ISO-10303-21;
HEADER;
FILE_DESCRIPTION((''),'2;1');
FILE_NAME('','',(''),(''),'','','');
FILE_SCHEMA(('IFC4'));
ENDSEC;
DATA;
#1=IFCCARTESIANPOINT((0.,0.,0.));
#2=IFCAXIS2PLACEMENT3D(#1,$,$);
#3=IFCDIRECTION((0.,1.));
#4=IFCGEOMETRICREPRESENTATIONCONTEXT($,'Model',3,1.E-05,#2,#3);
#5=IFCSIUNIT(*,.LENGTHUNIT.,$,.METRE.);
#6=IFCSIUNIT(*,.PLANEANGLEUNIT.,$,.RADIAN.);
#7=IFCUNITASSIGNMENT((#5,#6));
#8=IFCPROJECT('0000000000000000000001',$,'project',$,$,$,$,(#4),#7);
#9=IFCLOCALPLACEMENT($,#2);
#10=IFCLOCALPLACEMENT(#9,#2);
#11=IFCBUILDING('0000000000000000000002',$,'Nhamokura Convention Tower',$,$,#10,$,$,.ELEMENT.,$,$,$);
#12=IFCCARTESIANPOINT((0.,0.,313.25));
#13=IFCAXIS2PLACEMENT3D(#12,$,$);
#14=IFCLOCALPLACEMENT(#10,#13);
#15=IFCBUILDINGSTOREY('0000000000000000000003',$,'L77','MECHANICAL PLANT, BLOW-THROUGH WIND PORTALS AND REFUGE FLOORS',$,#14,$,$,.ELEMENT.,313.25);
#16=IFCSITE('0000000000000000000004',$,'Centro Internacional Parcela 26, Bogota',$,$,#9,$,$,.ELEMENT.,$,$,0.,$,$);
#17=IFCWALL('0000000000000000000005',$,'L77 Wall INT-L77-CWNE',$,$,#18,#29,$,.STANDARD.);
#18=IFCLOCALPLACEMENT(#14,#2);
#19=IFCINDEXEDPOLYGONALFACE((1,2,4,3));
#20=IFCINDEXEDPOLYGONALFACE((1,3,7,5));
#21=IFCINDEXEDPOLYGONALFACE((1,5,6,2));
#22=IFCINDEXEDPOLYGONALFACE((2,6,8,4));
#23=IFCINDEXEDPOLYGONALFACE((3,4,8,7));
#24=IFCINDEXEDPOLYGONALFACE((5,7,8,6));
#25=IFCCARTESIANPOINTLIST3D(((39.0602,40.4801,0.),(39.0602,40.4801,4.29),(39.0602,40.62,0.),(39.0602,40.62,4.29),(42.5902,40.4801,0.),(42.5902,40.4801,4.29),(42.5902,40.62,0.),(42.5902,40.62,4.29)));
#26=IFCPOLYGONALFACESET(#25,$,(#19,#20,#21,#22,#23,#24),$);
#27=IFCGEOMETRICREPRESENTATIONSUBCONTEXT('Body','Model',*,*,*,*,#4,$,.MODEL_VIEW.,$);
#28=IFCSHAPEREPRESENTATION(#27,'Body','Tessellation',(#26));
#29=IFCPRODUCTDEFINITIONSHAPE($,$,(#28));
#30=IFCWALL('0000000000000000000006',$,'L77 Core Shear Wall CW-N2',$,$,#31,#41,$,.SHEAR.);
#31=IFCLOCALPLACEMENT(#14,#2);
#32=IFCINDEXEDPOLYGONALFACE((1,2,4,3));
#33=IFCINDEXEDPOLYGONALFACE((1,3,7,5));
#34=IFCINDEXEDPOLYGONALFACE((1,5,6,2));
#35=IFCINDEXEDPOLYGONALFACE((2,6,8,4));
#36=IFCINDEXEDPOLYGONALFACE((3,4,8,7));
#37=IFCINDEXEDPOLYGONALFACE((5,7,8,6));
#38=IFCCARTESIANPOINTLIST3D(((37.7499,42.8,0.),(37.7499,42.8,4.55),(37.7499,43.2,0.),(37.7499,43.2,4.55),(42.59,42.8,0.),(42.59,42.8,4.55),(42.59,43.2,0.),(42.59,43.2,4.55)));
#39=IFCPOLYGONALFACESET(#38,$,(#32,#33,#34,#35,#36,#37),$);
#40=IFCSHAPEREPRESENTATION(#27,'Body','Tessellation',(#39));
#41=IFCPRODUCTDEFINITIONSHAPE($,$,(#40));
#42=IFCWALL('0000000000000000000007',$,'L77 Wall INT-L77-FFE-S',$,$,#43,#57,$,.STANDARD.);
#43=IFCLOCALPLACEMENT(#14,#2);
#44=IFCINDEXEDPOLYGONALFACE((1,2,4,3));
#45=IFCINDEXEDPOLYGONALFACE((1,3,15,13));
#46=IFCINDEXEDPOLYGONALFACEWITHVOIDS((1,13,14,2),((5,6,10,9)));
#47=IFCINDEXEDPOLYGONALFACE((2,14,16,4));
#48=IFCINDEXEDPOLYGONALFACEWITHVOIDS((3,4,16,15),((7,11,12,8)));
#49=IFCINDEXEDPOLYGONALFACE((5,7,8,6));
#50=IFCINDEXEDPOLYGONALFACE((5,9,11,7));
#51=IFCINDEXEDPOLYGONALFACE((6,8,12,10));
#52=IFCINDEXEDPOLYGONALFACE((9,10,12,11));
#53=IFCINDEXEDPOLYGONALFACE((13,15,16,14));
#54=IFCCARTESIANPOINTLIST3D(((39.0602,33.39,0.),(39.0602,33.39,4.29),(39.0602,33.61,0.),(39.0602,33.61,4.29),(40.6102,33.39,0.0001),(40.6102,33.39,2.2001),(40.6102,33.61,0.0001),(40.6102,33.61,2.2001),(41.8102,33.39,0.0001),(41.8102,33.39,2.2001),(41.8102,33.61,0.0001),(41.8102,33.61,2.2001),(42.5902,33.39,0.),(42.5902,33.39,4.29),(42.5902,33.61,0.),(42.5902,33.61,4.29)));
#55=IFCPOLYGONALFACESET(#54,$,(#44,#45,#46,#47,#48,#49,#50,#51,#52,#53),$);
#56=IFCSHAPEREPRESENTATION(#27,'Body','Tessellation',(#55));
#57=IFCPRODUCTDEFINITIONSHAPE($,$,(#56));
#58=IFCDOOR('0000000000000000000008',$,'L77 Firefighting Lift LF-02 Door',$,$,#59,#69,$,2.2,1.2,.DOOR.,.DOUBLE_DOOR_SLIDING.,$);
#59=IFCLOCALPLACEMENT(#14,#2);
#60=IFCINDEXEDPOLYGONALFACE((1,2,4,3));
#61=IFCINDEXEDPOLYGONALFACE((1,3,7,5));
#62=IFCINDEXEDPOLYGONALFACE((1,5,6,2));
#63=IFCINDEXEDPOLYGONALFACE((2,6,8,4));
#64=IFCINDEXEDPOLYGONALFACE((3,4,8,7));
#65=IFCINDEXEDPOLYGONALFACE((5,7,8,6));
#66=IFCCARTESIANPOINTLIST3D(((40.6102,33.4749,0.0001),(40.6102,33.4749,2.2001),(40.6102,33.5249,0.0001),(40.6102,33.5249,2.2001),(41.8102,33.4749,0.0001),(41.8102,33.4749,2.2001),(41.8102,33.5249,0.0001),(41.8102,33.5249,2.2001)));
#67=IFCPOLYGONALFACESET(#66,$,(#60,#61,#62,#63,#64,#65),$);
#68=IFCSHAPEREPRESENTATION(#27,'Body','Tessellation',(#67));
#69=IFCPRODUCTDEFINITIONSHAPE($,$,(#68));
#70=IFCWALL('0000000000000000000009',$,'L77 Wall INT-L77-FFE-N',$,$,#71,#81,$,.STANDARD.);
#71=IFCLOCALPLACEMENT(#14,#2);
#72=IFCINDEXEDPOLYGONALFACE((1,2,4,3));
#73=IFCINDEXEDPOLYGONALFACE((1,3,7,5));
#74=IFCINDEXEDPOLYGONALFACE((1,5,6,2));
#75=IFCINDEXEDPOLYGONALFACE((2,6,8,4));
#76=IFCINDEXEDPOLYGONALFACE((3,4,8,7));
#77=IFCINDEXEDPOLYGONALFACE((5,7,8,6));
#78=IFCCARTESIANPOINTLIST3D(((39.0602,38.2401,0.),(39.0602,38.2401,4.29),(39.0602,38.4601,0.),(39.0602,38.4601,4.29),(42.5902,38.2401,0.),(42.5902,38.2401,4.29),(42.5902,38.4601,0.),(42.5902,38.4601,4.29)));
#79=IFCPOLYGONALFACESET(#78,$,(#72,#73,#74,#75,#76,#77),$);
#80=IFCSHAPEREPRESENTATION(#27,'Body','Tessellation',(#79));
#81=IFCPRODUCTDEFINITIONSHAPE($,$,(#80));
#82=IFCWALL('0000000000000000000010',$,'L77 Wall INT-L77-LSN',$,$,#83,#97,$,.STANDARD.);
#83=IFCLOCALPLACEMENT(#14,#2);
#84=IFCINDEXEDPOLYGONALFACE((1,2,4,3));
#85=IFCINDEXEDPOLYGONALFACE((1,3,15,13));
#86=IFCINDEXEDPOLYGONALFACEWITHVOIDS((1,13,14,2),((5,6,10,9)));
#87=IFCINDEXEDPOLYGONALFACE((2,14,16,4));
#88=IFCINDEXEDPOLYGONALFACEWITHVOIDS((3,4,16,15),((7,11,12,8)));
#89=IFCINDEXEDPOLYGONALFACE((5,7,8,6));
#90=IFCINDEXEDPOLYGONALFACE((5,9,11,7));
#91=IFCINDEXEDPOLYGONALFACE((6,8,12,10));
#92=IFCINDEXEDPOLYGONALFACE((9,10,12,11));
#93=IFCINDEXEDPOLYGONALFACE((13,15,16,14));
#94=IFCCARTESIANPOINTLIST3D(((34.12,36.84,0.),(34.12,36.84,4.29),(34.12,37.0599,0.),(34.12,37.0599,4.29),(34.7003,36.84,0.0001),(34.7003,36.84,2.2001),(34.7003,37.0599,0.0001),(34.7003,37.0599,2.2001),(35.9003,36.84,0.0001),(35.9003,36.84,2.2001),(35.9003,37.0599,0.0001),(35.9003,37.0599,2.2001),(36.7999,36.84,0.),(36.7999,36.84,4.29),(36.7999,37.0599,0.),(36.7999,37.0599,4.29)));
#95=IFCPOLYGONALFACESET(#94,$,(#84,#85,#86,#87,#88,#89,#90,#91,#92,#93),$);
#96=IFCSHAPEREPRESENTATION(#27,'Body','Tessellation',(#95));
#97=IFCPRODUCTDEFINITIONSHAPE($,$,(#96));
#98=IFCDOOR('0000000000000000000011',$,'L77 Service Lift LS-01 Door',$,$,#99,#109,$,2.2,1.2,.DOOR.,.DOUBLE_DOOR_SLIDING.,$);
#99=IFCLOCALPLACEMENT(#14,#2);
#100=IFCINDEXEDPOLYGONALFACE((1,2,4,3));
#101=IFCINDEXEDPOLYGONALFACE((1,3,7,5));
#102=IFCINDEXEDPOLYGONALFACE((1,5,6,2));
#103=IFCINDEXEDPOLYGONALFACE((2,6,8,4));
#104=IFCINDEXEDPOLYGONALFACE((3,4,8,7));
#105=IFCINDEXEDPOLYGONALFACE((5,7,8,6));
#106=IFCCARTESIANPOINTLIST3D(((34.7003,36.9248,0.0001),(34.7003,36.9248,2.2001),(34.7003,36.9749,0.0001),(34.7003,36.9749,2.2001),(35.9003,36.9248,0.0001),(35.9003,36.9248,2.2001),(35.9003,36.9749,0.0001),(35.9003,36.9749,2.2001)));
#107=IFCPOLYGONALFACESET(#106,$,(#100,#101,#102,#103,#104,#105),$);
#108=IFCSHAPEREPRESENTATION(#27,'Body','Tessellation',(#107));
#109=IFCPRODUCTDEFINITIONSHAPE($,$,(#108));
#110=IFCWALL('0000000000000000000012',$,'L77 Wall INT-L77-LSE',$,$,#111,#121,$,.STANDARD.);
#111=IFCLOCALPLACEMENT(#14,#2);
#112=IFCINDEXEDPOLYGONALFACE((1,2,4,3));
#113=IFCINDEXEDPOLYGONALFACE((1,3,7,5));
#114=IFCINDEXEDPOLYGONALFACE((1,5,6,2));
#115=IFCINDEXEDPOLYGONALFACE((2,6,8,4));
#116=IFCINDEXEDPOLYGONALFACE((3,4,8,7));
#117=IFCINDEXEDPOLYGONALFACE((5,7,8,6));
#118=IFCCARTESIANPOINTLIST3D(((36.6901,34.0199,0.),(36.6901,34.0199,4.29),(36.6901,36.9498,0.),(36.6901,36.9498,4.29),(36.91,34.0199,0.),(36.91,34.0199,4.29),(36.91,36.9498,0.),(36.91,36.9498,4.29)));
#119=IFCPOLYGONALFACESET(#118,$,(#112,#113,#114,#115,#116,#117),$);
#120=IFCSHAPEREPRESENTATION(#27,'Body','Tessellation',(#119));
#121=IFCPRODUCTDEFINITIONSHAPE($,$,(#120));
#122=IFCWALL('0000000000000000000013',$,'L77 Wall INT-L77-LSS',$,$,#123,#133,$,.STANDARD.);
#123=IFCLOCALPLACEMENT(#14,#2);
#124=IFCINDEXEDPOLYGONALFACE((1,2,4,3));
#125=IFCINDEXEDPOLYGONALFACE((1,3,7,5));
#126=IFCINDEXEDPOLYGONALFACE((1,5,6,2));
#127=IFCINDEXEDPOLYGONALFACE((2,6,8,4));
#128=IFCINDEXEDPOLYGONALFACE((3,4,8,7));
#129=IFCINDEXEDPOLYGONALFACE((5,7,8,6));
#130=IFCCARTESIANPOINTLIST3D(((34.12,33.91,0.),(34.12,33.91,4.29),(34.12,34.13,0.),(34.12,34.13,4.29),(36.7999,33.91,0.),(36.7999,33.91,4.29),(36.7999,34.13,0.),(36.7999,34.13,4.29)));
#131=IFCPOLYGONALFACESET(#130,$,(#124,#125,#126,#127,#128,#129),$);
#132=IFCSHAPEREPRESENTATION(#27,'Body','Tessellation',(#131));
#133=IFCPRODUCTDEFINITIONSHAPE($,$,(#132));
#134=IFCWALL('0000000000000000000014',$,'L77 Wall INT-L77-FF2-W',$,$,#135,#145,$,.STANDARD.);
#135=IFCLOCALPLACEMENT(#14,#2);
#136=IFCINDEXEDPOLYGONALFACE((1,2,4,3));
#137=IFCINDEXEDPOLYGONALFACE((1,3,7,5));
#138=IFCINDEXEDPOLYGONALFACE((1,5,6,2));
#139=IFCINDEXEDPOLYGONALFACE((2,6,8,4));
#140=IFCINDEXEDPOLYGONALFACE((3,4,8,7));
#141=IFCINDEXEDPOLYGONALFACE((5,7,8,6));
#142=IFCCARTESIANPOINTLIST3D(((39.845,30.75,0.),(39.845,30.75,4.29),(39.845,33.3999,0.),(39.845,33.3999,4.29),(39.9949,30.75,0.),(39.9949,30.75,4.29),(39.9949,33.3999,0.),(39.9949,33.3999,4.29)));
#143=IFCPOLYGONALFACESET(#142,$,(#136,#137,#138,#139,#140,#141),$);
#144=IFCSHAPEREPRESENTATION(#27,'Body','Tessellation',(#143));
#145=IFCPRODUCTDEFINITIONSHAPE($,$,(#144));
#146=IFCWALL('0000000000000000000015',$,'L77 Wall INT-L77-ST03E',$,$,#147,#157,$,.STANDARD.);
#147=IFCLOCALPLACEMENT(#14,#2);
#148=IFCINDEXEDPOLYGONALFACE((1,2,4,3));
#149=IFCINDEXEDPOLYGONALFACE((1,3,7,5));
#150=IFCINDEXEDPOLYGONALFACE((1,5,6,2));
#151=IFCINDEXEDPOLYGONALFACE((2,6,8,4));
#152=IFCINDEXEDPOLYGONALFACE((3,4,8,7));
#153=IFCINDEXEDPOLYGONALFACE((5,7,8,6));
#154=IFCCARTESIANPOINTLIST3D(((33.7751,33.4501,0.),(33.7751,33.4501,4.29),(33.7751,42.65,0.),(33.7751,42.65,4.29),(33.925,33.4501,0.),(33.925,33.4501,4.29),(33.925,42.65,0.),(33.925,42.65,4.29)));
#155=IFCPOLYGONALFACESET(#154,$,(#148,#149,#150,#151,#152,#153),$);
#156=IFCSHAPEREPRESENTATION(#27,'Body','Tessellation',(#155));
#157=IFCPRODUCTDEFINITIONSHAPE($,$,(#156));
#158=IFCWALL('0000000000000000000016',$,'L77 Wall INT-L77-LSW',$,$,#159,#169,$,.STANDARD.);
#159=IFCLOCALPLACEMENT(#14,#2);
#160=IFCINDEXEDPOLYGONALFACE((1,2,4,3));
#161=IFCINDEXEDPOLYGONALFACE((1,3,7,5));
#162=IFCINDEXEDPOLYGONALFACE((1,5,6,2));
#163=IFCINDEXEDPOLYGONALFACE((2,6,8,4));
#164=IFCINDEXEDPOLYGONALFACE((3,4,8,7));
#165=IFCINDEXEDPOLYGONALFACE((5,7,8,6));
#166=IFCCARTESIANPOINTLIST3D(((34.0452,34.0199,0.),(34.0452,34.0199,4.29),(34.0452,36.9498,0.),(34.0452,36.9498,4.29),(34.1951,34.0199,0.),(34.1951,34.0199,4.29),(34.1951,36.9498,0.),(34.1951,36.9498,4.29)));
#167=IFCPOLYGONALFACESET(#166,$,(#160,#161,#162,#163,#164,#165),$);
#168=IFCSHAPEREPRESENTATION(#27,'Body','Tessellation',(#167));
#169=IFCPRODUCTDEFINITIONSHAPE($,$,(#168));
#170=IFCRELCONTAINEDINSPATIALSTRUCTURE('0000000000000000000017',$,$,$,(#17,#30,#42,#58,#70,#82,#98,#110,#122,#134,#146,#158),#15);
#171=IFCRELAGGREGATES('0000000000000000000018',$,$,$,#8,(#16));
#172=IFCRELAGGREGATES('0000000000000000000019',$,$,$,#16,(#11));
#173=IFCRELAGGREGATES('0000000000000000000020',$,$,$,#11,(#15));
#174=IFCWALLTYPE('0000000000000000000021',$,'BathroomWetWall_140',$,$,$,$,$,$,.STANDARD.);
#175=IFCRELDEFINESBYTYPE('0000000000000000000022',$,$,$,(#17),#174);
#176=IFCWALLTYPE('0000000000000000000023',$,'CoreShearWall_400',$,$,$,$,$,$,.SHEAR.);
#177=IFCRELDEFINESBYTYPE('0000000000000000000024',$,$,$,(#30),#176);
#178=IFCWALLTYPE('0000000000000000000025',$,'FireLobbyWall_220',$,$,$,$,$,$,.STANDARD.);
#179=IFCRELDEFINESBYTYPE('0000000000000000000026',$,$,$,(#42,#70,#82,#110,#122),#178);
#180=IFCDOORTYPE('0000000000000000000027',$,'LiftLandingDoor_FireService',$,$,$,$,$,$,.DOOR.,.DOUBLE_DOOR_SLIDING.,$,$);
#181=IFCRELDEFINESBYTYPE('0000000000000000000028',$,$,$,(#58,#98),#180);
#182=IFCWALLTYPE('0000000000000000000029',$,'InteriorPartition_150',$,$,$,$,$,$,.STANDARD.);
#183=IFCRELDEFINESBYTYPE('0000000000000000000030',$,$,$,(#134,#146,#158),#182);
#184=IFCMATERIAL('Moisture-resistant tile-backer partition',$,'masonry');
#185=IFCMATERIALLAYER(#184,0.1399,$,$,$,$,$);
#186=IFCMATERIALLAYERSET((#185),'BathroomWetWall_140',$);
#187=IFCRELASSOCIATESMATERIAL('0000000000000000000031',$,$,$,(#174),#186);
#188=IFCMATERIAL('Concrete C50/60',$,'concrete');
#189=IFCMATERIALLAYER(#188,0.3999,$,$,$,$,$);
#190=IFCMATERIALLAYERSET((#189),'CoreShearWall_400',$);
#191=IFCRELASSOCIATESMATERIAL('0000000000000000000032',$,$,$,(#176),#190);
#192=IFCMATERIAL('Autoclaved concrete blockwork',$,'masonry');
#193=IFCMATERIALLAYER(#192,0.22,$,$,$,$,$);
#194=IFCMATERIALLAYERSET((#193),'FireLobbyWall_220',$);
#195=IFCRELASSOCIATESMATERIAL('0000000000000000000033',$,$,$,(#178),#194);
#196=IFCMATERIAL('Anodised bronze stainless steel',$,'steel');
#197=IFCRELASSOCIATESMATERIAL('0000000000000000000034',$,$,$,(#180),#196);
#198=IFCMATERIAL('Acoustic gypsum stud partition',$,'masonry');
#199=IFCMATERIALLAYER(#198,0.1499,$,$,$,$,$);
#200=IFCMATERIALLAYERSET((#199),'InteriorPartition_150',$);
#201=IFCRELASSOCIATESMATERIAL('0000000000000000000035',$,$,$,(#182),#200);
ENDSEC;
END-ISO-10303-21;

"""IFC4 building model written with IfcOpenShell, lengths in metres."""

from ifc_helpers import new_model, si_unit, direction, frame, frame_2d, origin, place, context, subcontext, project, spatial, rectangle, extrude, material, layer, layer_set, type_object, element, fill, save


model = new_model("IFC4")

# Units and contexts
model_context = context("Model", 3, precision=1e-05, world=origin(), true_north=direction((0.0, 1.0)))
body_context = subcontext(model_context, "Body", "Model", "MODEL_VIEW")
ifc_project = project(units=[si_unit("LENGTHUNIT", "METRE"), si_unit("PLANEANGLEUNIT", "RADIAN")], contexts=[model_context])

# Site, building, storey
site_placement = place(None, origin())
site = spatial("IfcSite", under=ifc_project, at=site_placement, Name="Centro Internacional Parcela 26, Bogota", CompositionType="ELEMENT", RefElevation=0.0)
building_placement = place(site_placement, origin())
building = spatial("IfcBuilding", under=site, at=building_placement, Name="Nhamokura Convention Tower", CompositionType="ELEMENT")
storey_placement = place(building_placement, frame((0.0, 0.0, 313.25)))
storey = spatial("IfcBuildingStorey", under=building, at=storey_placement, Name="L77", Description="MECHANICAL PLANT, BLOW-THROUGH WIND PORTALS AND REFUGE FLOORS", CompositionType="ELEMENT", Elevation=313.25)

# Walls
ifc_material_1 = material(Name="Moisture-resistant tile-backer partition", Category="masonry")
ifc_layer_1 = layer(ifc_material_1, 0.1399)
ifc_layer_set_1 = layer_set([ifc_layer_1], Name="BathroomWetWall_140")
wall_type_1 = type_object("IfcWallType", Name="BathroomWetWall_140", PredefinedType="STANDARD", material=ifc_layer_set_1)
wall_1_placement = place(storey_placement, frame((39.0601, 40.55, 0.0), z_axis=(0.0, 0.0, 1.0), x_axis=(1.0, 0.0, 0.0)))
element("IfcWall", 1, at=wall_1_placement, inside=storey, type_object=wall_type_1, Name="L77 Wall INT-L77-CWNE", PredefinedType="STANDARD", context=body_context, shape_type="SweptSolid", body=[
    extrude(rectangle(XDim=3.53, YDim=0.1399, at=frame_2d((1.7651, 0.0))), origin(), (0.0, 0.0, 1.0), 4.29),
])
ifc_material_2 = material(Name="Concrete C50/60", Category="concrete")
ifc_layer_2 = layer(ifc_material_2, 0.3999)
ifc_layer_set_2 = layer_set([ifc_layer_2], Name="CoreShearWall_400")
wall_type_2 = type_object("IfcWallType", Name="CoreShearWall_400", PredefinedType="SHEAR", material=ifc_layer_set_2)
wall_2_placement = place(storey_placement, frame((37.75, 43.0, 0.0), z_axis=(0.0, 0.0, 1.0), x_axis=(1.0, 0.0, 0.0)))
element("IfcWall", 2, at=wall_2_placement, inside=storey, type_object=wall_type_2, Name="L77 Core Shear Wall CW-N2", PredefinedType="SHEAR", context=body_context, shape_type="SweptSolid", body=[
    extrude(rectangle(XDim=4.8401, YDim=0.3999, at=frame_2d((2.4199, 0.0))), origin(), (0.0, 0.0, 1.0), 4.55),
])

# Wall, opening, door
ifc_material_3 = material(Name="Autoclaved concrete blockwork", Category="masonry")
ifc_layer_3 = layer(ifc_material_3, 0.22)
ifc_layer_set_3 = layer_set([ifc_layer_3], Name="FireLobbyWall_220")
wall_type_3 = type_object("IfcWallType", Name="FireLobbyWall_220", PredefinedType="STANDARD", material=ifc_layer_set_3)
wall_3_placement = place(storey_placement, frame((39.0601, 33.5, 0.0), z_axis=(0.0, 0.0, 1.0), x_axis=(1.0, 0.0, 0.0)))
wall_3 = element("IfcWall", 3, at=wall_3_placement, inside=storey, type_object=wall_type_3, Name="L77 Wall INT-L77-FFE-S", PredefinedType="STANDARD", context=body_context, shape_type="SweptSolid", body=[
    extrude(rectangle(XDim=3.53, YDim=0.22, at=frame_2d((1.7651, 0.0))), origin(), (0.0, 0.0, 1.0), 4.29),
])
opening_1_placement = place(wall_3_placement, frame((1.55, 0.0, 0.0)))
opening_1 = element("IfcOpeningElement", 4, at=opening_1_placement, cuts=wall_3, PredefinedType="OPENING", context=body_context, shape_type="SweptSolid", body=[
    extrude(rectangle(XDim=1.2, YDim=2.2, at=frame_2d((0.6001, 1.1001))), frame((0.0, 0.1199, 0.0), z_axis=(0.0, -1.0, 0.0), x_axis=(1.0, 0.0, 0.0)), (0.0, 0.0, 1.0), 0.24),
])
ifc_material_4 = material(Name="Anodised bronze stainless steel", Category="steel")
door_type_1 = type_object("IfcDoorType", Name="LiftLandingDoor_FireService", OperationType="DOUBLE_DOOR_SLIDING", PredefinedType="DOOR", material=ifc_material_4)
door_1_placement = place(opening_1_placement, origin())
door_1 = element("IfcDoor", 5, at=door_1_placement, inside=storey, type_object=door_type_1, Name="L77 Firefighting Lift LF-02 Door", OperationType="DOUBLE_DOOR_SLIDING", OverallHeight=2.2, OverallWidth=1.2, PredefinedType="DOOR", context=body_context, shape_type="SweptSolid", body=[
    extrude(rectangle(XDim=1.2, YDim=2.2, at=frame_2d((0.6001, 1.1001))), frame((0.0, 0.0249, 0.0), z_axis=(0.0, -1.0, 0.0), x_axis=(1.0, 0.0, 0.0)), (0.0, 0.0, 1.0), 0.05),
])
fill(opening_1, door_1)

# Wall
wall_4_placement = place(storey_placement, frame((39.0601, 38.3501, 0.0), z_axis=(0.0, 0.0, 1.0), x_axis=(1.0, 0.0, 0.0)))
element("IfcWall", 6, at=wall_4_placement, inside=storey, type_object=wall_type_3, Name="L77 Wall INT-L77-FFE-N", PredefinedType="STANDARD", context=body_context, shape_type="SweptSolid", body=[
    extrude(rectangle(XDim=3.53, YDim=0.22, at=frame_2d((1.7651, 0.0))), origin(), (0.0, 0.0, 1.0), 4.29),
])

# Wall, opening, door
wall_5_placement = place(storey_placement, frame((34.1201, 36.95, 0.0), z_axis=(0.0, 0.0, 1.0), x_axis=(1.0, 0.0, 0.0)))
wall_5 = element("IfcWall", 7, at=wall_5_placement, inside=storey, type_object=wall_type_3, Name="L77 Wall INT-L77-LSN", PredefinedType="STANDARD", context=body_context, shape_type="SweptSolid", body=[
    extrude(rectangle(XDim=2.6799, YDim=0.22, at=frame_2d((1.3398, 0.0))), origin(), (0.0, 0.0, 1.0), 4.29),
])
opening_2_placement = place(wall_5_placement, frame((0.5801, 0.0, 0.0)))
opening_2 = element("IfcOpeningElement", 8, at=opening_2_placement, cuts=wall_5, PredefinedType="OPENING", context=body_context, shape_type="SweptSolid", body=[
    extrude(rectangle(XDim=1.2, YDim=2.2, at=frame_2d((0.6001, 1.1001))), frame((0.0, 0.1199, 0.0), z_axis=(0.0, -1.0, 0.0), x_axis=(1.0, 0.0, 0.0)), (0.0, 0.0, 1.0), 0.24),
])
door_2_placement = place(opening_2_placement, origin())
door_2 = element("IfcDoor", 9, at=door_2_placement, inside=storey, type_object=door_type_1, Name="L77 Service Lift LS-01 Door", OperationType="DOUBLE_DOOR_SLIDING", OverallHeight=2.2, OverallWidth=1.2, PredefinedType="DOOR", context=body_context, shape_type="SweptSolid", body=[
    extrude(rectangle(XDim=1.2, YDim=2.2, at=frame_2d((0.6001, 1.1001))), frame((0.0, 0.0249, 0.0), z_axis=(0.0, -1.0, 0.0), x_axis=(1.0, 0.0, 0.0)), (0.0, 0.0, 1.0), 0.05),
])
fill(opening_2, door_2)

# Walls
wall_6_placement = place(storey_placement, frame((36.8, 34.02, 0.0), z_axis=(0.0, 0.0, 1.0), x_axis=(0.0, 1.0, 0.0)))
element("IfcWall", 10, at=wall_6_placement, inside=storey, type_object=wall_type_3, Name="L77 Wall INT-L77-LSE", PredefinedType="STANDARD", context=body_context, shape_type="SweptSolid", body=[
    extrude(rectangle(XDim=2.9299, YDim=0.22, at=frame_2d((1.4648, 0.0))), origin(), (0.0, 0.0, 1.0), 4.29),
])
wall_7_placement = place(storey_placement, frame((34.1201, 34.02, 0.0), z_axis=(0.0, 0.0, 1.0), x_axis=(1.0, 0.0, 0.0)))
element("IfcWall", 11, at=wall_7_placement, inside=storey, type_object=wall_type_3, Name="L77 Wall INT-L77-LSS", PredefinedType="STANDARD", context=body_context, shape_type="SweptSolid", body=[
    extrude(rectangle(XDim=2.6799, YDim=0.22, at=frame_2d((1.3398, 0.0))), origin(), (0.0, 0.0, 1.0), 4.29),
])
ifc_material_5 = material(Name="Acoustic gypsum stud partition", Category="masonry")
ifc_layer_4 = layer(ifc_material_5, 0.1499)
ifc_layer_set_4 = layer_set([ifc_layer_4], Name="InteriorPartition_150")
wall_type_4 = type_object("IfcWallType", Name="InteriorPartition_150", PredefinedType="STANDARD", material=ifc_layer_set_4)
wall_8_placement = place(storey_placement, frame((39.9199, 30.75, 0.0), z_axis=(0.0, 0.0, 1.0), x_axis=(0.0, 1.0, 0.0)))
element("IfcWall", 12, at=wall_8_placement, inside=storey, type_object=wall_type_4, Name="L77 Wall INT-L77-FF2-W", PredefinedType="STANDARD", context=body_context, shape_type="SweptSolid", body=[
    extrude(rectangle(XDim=2.6499, YDim=0.1499, at=frame_2d((1.325, 0.0))), origin(), (0.0, 0.0, 1.0), 4.29),
])
wall_9_placement = place(storey_placement, frame((33.8501, 33.45, 0.0), z_axis=(0.0, 0.0, 1.0), x_axis=(0.0, 1.0, 0.0)))
element("IfcWall", 13, at=wall_9_placement, inside=storey, type_object=wall_type_4, Name="L77 Wall INT-L77-ST03E", PredefinedType="STANDARD", context=body_context, shape_type="SweptSolid", body=[
    extrude(rectangle(XDim=9.2, YDim=0.1499, at=frame_2d((4.6001, 0.0))), origin(), (0.0, 0.0, 1.0), 4.29),
])
wall_10_placement = place(storey_placement, frame((34.1201, 34.02, 0.0), z_axis=(0.0, 0.0, 1.0), x_axis=(0.0, 1.0, 0.0)))
element("IfcWall", 14, at=wall_10_placement, inside=storey, type_object=wall_type_4, Name="L77 Wall INT-L77-LSW", PredefinedType="STANDARD", context=body_context, shape_type="SweptSolid", body=[
    extrude(rectangle(XDim=2.9299, YDim=0.1499, at=frame_2d((1.4648, 0.0))), origin(), (0.0, 0.0, 1.0), 4.29),
])

save(model, "model.ifc")
